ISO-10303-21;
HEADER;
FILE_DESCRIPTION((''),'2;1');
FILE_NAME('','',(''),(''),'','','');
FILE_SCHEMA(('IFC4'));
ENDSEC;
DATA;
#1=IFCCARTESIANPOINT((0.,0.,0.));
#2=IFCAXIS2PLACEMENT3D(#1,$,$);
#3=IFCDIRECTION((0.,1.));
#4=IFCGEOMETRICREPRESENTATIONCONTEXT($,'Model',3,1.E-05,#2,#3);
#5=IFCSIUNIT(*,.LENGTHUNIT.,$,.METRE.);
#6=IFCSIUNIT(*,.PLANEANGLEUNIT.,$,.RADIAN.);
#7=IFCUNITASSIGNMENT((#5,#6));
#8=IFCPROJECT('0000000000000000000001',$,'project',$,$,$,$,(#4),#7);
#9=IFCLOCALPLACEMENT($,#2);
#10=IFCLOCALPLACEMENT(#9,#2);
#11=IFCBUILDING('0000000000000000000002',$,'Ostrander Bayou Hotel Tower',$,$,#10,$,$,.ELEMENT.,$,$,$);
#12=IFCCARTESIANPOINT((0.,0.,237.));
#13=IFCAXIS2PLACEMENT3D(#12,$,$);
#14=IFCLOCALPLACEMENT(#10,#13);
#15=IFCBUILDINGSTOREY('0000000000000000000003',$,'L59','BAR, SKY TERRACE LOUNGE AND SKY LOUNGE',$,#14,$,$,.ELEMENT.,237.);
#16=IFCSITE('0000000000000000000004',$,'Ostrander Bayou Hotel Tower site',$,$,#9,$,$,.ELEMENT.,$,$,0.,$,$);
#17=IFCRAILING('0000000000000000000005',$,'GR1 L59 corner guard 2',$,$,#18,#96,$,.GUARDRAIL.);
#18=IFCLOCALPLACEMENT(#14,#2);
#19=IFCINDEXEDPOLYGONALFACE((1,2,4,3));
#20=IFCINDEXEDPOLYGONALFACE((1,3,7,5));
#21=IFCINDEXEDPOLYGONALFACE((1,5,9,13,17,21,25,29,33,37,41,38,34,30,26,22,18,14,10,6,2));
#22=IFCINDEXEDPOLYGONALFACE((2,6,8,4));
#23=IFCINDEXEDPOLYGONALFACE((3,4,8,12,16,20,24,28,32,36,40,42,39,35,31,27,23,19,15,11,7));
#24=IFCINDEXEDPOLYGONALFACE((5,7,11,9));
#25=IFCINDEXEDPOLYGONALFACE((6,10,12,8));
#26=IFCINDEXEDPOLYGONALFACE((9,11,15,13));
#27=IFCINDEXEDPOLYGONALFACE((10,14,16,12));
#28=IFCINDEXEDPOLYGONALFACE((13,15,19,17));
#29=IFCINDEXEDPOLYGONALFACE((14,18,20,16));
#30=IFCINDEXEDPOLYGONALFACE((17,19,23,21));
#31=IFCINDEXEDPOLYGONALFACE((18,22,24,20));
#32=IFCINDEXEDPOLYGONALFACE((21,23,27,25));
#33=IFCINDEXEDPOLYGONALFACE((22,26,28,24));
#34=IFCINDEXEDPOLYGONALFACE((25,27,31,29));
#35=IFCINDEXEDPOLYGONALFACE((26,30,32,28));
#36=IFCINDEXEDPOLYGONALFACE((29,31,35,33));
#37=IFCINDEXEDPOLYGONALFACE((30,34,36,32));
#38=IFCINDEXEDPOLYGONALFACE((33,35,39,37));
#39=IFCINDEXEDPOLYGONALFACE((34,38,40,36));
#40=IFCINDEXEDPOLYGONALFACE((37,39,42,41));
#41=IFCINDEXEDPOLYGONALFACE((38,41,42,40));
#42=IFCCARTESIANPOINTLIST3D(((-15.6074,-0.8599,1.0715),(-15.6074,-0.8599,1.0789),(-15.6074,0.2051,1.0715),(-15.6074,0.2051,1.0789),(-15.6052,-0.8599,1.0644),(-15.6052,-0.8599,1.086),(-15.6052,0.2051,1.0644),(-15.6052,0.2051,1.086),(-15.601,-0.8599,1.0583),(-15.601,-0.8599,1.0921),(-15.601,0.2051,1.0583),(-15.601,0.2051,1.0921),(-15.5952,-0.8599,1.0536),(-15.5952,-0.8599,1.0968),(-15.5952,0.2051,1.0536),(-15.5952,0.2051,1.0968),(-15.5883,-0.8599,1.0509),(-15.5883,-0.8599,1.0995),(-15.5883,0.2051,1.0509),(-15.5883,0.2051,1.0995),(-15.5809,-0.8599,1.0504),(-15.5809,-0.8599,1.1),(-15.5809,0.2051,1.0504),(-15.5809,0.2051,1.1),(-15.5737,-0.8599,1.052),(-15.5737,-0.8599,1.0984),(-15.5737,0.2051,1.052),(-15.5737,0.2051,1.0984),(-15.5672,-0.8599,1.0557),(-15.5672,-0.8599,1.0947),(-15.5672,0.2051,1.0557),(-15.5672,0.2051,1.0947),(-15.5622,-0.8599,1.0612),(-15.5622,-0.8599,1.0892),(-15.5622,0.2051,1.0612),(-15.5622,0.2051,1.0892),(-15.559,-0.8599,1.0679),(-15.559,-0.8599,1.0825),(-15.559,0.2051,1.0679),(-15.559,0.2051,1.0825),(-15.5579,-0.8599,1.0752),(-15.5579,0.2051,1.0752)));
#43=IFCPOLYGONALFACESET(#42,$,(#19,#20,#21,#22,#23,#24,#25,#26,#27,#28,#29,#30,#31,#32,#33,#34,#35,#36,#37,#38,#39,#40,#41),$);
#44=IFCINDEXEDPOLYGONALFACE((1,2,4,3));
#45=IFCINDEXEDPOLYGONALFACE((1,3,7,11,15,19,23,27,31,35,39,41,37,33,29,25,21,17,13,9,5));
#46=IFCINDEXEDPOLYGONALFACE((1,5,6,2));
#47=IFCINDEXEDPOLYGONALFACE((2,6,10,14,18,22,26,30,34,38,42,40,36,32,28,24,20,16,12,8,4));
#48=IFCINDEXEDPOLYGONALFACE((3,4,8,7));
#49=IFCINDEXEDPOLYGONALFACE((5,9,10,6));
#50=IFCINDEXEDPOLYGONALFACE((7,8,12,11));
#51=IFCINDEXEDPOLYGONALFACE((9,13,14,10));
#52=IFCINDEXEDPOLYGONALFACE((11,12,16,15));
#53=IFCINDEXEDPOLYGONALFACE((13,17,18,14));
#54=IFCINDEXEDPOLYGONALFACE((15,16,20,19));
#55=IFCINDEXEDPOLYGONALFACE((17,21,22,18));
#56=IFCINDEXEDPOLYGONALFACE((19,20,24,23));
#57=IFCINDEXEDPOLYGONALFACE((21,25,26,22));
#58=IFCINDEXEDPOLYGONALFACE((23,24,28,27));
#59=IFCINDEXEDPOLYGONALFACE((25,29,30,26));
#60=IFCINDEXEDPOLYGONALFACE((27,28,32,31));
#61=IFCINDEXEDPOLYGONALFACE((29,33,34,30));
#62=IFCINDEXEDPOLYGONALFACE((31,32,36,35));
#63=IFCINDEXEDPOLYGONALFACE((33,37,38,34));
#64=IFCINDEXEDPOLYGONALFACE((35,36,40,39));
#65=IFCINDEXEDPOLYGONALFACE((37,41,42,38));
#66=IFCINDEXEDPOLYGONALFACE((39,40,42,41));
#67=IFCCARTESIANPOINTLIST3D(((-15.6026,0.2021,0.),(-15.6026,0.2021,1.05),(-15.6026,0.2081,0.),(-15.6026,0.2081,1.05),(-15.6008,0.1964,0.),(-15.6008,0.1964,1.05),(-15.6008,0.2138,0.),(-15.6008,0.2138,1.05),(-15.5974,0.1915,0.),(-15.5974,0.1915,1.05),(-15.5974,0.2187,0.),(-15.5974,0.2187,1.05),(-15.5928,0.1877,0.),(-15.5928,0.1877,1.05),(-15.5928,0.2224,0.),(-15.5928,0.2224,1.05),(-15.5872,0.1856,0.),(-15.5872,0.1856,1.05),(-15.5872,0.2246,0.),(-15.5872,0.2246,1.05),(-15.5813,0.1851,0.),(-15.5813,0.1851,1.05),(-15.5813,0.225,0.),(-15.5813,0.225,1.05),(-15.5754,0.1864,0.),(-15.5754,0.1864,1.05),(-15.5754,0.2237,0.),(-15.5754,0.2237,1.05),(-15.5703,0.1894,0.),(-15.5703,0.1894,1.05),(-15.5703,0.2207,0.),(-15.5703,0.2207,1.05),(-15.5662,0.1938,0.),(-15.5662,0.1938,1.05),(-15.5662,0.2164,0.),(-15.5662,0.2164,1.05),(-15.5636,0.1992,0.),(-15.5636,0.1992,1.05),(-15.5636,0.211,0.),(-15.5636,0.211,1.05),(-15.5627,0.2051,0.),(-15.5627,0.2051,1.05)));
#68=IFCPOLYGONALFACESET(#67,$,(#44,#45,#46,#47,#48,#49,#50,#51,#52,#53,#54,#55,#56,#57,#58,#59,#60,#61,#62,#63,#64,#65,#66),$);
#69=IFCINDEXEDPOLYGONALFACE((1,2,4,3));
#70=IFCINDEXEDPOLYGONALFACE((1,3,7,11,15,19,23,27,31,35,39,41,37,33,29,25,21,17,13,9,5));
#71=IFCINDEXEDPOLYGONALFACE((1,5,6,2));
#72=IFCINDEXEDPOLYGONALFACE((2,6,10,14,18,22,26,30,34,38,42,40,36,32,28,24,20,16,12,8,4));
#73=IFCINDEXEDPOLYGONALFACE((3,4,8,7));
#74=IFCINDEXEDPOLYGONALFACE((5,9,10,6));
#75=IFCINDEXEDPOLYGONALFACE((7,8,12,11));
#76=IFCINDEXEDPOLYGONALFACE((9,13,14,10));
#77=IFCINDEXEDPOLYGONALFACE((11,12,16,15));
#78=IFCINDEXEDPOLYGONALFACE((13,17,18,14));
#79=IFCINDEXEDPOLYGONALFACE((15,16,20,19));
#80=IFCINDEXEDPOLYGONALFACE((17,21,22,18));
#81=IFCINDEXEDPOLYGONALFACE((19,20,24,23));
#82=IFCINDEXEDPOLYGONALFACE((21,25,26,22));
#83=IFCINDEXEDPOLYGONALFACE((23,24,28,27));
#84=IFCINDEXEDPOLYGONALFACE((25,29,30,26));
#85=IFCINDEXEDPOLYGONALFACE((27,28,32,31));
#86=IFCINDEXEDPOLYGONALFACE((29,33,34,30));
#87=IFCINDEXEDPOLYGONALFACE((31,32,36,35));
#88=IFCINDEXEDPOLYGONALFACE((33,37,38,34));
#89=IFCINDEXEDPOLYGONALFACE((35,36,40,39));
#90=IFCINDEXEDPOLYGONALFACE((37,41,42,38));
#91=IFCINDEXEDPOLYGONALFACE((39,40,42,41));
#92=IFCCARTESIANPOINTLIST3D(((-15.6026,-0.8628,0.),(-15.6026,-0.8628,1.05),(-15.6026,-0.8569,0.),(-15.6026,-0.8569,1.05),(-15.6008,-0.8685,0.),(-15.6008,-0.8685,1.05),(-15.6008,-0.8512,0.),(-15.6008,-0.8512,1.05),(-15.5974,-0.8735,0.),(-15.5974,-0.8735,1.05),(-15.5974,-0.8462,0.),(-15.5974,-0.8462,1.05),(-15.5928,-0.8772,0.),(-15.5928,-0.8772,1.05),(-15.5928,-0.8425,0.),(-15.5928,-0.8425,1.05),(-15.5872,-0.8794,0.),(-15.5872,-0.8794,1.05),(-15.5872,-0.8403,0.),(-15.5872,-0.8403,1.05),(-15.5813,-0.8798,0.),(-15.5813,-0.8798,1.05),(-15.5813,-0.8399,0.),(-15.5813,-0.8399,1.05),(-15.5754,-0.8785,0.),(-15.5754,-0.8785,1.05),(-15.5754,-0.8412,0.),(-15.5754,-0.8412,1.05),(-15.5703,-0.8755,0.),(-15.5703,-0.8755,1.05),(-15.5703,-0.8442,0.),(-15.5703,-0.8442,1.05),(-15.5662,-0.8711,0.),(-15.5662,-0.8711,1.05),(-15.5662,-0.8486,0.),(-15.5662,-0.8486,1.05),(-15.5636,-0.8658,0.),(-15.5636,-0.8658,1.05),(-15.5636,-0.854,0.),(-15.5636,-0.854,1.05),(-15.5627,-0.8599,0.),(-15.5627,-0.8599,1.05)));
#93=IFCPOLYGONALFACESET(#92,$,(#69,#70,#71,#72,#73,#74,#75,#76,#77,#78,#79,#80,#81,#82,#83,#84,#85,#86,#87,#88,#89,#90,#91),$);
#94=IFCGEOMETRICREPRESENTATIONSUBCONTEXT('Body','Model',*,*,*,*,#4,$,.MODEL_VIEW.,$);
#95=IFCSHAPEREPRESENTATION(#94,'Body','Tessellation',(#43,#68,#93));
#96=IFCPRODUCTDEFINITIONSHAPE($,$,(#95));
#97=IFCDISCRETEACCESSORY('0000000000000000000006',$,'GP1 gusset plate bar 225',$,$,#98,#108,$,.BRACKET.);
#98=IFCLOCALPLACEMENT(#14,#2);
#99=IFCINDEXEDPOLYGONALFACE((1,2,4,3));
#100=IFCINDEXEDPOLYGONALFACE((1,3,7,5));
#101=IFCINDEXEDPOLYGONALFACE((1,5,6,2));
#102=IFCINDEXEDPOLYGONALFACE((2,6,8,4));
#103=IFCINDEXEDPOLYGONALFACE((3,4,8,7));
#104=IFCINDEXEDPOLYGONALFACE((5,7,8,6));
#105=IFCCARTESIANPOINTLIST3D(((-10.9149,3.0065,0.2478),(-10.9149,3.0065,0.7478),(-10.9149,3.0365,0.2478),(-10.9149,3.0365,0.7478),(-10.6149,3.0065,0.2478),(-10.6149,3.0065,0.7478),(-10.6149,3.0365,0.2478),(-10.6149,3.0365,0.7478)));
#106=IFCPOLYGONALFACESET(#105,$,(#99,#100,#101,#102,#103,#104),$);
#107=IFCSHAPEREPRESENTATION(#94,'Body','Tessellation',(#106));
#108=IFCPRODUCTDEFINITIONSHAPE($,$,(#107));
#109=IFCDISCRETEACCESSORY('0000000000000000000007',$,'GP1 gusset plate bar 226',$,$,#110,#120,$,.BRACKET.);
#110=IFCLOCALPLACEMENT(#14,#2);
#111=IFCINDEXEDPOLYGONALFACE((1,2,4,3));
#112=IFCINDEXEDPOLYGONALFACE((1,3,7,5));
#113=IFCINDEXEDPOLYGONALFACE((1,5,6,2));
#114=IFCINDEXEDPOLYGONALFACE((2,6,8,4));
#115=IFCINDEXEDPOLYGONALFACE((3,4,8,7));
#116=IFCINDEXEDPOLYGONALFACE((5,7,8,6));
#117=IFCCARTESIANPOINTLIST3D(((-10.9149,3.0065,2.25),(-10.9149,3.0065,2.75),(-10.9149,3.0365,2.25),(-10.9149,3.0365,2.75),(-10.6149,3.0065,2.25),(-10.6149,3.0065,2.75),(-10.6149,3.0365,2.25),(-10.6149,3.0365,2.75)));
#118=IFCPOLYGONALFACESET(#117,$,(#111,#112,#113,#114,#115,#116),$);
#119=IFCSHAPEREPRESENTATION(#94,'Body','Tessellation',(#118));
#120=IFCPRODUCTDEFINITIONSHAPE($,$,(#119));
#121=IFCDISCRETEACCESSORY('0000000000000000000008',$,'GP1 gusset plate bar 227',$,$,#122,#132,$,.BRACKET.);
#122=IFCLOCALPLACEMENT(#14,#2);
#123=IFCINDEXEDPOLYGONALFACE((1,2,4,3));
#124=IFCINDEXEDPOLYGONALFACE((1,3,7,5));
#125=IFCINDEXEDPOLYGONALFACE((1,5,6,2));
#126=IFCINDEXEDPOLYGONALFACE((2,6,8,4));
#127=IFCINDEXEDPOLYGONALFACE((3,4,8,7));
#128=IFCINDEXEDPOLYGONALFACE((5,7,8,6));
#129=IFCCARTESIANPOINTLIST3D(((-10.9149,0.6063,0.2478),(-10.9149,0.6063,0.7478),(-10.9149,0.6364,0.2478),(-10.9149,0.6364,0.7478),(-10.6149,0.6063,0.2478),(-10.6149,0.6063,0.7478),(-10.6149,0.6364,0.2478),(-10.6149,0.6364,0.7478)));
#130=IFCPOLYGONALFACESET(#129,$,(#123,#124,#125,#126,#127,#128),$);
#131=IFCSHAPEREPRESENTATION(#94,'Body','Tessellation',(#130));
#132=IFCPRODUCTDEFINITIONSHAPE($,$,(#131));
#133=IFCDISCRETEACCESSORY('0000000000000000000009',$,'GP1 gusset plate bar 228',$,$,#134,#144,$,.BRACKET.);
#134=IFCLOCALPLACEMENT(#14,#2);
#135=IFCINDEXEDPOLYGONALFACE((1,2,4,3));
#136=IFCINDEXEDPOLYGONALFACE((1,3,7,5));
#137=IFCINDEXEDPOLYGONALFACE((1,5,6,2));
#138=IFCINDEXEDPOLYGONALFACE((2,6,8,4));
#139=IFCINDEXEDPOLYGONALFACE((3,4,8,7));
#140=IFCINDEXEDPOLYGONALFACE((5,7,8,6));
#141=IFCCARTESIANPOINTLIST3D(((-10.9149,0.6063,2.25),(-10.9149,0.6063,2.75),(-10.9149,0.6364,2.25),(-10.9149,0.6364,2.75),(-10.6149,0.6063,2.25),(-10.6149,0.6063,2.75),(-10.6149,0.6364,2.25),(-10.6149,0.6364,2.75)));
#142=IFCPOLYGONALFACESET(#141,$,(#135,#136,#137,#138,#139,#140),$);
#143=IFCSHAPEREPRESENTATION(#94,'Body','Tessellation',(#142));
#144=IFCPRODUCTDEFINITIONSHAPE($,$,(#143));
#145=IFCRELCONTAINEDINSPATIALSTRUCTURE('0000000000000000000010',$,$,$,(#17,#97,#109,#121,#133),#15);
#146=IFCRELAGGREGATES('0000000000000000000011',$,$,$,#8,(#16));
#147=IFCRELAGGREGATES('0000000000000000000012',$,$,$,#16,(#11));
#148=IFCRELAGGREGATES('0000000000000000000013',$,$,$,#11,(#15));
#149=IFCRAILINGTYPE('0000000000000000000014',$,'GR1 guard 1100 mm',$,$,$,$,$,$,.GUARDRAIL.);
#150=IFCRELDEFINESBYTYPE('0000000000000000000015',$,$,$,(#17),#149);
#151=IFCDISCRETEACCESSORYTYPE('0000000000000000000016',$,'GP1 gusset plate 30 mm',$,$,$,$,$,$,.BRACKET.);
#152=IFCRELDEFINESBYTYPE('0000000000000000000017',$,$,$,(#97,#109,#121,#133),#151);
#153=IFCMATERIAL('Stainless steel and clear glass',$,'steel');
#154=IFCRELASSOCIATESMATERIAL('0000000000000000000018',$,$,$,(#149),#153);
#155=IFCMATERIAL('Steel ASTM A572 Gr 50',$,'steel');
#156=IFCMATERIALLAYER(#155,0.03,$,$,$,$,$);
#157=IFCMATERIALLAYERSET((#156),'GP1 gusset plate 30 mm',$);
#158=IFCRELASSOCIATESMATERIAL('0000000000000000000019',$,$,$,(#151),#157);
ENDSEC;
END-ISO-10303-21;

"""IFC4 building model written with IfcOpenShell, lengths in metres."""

from ifc_helpers import new_model, si_unit, direction, frame, origin, origin_2d, place, context, subcontext, project, spatial, rectangle, circle, extrude, material, layer, layer_set, type_object, element, save


model = new_model("IFC4")

# Units and contexts
model_context = context("Model", 3, precision=1e-05, world=origin(), true_north=direction((0.0, 1.0)))
body_context = subcontext(model_context, "Body", "Model", "MODEL_VIEW")
ifc_project = project(units=[si_unit("LENGTHUNIT", "METRE"), si_unit("PLANEANGLEUNIT", "RADIAN")], contexts=[model_context])

# Site, building, storey
site_placement = place(None, origin())
site = spatial("IfcSite", under=ifc_project, at=site_placement, Name="Ostrander Bayou Hotel Tower site", CompositionType="ELEMENT", RefElevation=0.0)
building_placement = place(site_placement, origin())
building = spatial("IfcBuilding", under=site, at=building_placement, Name="Ostrander Bayou Hotel Tower", CompositionType="ELEMENT")
storey_placement = place(building_placement, frame((0.0, 0.0, 237.0)))
storey = spatial("IfcBuildingStorey", under=building, at=storey_placement, Name="L59", Description="BAR, SKY TERRACE LOUNGE AND SKY LOUNGE", CompositionType="ELEMENT", Elevation=237.0)

# Railing
ifc_material_1 = material(Name="Stainless steel and clear glass", Category="steel")
railing_type = type_object("IfcRailingType", Name="GR1 guard 1100 mm", PredefinedType="GUARDRAIL", material=ifc_material_1)
railing_1_placement = place(storey_placement, frame((-15.5828, 0.2051, 0.0)))
element("IfcRailing", 1, at=railing_1_placement, inside=storey, type_object=railing_type, Name="GR1 L59 corner guard 2", PredefinedType="GUARDRAIL", context=body_context, shape_type="SweptSolid", body=[
    extrude(circle(Radius=0.0249, at=origin_2d()), frame((0.0, 0.0, 1.0752), z_axis=(0.0, -1.0, 0.0), x_axis=(1.0, 0.0, 0.0)), (0.0, 0.0, 1.0), 1.0649),
    extrude(circle(Radius=0.02, at=origin_2d()), origin(), (0.0, 0.0, 1.0), 1.05),
    extrude(circle(Radius=0.02, at=origin_2d()), frame((0.0, -1.0649, 0.0)), (0.0, 0.0, 1.0), 1.05),
])

# Discrete accessories
ifc_material_2 = material(Name="Steel ASTM A572 Gr 50", Category="steel")
ifc_layer_1 = layer(ifc_material_2, 0.03)
ifc_layer_set_1 = layer_set([ifc_layer_1], Name="GP1 gusset plate 30 mm")
discrete_accessory_type = type_object("IfcDiscreteAccessoryType", Name="GP1 gusset plate 30 mm", PredefinedType="BRACKET", material=ifc_layer_set_1)
for number, where, z_axis, x_axis, name in (
    (2, (-10.7649, 3.0215, 0.2478), (0.0, 0.0, 1.0), (1.0, 0.0, 0.0), "GP1 gusset plate bar 225"),
    (3, (-10.7649, 3.0215, 2.25), (0.0, 0.0, 1.0), (1.0, 0.0, 0.0), "GP1 gusset plate bar 226"),
    (4, (-10.7649, 0.6213, 0.2478), (0.0, 0.0, 1.0), (1.0, 0.0, 0.0), "GP1 gusset plate bar 227"),
    (5, (-10.7649, 0.6213, 2.25), (0.0, 0.0, 1.0), (1.0, 0.0, 0.0), "GP1 gusset plate bar 228"),
):
    element("IfcDiscreteAccessory", number, at=place(storey_placement, frame(where, z_axis=z_axis, x_axis=x_axis)), inside=storey, type_object=discrete_accessory_type, Name=name, PredefinedType="BRACKET", context=body_context, shape_type="SweptSolid", body=[
        extrude(rectangle(XDim=0.3, YDim=0.03, at=origin_2d()), origin(), (0.0, 0.0, 1.0), 0.5),
    ])

save(model, "model.ifc")
